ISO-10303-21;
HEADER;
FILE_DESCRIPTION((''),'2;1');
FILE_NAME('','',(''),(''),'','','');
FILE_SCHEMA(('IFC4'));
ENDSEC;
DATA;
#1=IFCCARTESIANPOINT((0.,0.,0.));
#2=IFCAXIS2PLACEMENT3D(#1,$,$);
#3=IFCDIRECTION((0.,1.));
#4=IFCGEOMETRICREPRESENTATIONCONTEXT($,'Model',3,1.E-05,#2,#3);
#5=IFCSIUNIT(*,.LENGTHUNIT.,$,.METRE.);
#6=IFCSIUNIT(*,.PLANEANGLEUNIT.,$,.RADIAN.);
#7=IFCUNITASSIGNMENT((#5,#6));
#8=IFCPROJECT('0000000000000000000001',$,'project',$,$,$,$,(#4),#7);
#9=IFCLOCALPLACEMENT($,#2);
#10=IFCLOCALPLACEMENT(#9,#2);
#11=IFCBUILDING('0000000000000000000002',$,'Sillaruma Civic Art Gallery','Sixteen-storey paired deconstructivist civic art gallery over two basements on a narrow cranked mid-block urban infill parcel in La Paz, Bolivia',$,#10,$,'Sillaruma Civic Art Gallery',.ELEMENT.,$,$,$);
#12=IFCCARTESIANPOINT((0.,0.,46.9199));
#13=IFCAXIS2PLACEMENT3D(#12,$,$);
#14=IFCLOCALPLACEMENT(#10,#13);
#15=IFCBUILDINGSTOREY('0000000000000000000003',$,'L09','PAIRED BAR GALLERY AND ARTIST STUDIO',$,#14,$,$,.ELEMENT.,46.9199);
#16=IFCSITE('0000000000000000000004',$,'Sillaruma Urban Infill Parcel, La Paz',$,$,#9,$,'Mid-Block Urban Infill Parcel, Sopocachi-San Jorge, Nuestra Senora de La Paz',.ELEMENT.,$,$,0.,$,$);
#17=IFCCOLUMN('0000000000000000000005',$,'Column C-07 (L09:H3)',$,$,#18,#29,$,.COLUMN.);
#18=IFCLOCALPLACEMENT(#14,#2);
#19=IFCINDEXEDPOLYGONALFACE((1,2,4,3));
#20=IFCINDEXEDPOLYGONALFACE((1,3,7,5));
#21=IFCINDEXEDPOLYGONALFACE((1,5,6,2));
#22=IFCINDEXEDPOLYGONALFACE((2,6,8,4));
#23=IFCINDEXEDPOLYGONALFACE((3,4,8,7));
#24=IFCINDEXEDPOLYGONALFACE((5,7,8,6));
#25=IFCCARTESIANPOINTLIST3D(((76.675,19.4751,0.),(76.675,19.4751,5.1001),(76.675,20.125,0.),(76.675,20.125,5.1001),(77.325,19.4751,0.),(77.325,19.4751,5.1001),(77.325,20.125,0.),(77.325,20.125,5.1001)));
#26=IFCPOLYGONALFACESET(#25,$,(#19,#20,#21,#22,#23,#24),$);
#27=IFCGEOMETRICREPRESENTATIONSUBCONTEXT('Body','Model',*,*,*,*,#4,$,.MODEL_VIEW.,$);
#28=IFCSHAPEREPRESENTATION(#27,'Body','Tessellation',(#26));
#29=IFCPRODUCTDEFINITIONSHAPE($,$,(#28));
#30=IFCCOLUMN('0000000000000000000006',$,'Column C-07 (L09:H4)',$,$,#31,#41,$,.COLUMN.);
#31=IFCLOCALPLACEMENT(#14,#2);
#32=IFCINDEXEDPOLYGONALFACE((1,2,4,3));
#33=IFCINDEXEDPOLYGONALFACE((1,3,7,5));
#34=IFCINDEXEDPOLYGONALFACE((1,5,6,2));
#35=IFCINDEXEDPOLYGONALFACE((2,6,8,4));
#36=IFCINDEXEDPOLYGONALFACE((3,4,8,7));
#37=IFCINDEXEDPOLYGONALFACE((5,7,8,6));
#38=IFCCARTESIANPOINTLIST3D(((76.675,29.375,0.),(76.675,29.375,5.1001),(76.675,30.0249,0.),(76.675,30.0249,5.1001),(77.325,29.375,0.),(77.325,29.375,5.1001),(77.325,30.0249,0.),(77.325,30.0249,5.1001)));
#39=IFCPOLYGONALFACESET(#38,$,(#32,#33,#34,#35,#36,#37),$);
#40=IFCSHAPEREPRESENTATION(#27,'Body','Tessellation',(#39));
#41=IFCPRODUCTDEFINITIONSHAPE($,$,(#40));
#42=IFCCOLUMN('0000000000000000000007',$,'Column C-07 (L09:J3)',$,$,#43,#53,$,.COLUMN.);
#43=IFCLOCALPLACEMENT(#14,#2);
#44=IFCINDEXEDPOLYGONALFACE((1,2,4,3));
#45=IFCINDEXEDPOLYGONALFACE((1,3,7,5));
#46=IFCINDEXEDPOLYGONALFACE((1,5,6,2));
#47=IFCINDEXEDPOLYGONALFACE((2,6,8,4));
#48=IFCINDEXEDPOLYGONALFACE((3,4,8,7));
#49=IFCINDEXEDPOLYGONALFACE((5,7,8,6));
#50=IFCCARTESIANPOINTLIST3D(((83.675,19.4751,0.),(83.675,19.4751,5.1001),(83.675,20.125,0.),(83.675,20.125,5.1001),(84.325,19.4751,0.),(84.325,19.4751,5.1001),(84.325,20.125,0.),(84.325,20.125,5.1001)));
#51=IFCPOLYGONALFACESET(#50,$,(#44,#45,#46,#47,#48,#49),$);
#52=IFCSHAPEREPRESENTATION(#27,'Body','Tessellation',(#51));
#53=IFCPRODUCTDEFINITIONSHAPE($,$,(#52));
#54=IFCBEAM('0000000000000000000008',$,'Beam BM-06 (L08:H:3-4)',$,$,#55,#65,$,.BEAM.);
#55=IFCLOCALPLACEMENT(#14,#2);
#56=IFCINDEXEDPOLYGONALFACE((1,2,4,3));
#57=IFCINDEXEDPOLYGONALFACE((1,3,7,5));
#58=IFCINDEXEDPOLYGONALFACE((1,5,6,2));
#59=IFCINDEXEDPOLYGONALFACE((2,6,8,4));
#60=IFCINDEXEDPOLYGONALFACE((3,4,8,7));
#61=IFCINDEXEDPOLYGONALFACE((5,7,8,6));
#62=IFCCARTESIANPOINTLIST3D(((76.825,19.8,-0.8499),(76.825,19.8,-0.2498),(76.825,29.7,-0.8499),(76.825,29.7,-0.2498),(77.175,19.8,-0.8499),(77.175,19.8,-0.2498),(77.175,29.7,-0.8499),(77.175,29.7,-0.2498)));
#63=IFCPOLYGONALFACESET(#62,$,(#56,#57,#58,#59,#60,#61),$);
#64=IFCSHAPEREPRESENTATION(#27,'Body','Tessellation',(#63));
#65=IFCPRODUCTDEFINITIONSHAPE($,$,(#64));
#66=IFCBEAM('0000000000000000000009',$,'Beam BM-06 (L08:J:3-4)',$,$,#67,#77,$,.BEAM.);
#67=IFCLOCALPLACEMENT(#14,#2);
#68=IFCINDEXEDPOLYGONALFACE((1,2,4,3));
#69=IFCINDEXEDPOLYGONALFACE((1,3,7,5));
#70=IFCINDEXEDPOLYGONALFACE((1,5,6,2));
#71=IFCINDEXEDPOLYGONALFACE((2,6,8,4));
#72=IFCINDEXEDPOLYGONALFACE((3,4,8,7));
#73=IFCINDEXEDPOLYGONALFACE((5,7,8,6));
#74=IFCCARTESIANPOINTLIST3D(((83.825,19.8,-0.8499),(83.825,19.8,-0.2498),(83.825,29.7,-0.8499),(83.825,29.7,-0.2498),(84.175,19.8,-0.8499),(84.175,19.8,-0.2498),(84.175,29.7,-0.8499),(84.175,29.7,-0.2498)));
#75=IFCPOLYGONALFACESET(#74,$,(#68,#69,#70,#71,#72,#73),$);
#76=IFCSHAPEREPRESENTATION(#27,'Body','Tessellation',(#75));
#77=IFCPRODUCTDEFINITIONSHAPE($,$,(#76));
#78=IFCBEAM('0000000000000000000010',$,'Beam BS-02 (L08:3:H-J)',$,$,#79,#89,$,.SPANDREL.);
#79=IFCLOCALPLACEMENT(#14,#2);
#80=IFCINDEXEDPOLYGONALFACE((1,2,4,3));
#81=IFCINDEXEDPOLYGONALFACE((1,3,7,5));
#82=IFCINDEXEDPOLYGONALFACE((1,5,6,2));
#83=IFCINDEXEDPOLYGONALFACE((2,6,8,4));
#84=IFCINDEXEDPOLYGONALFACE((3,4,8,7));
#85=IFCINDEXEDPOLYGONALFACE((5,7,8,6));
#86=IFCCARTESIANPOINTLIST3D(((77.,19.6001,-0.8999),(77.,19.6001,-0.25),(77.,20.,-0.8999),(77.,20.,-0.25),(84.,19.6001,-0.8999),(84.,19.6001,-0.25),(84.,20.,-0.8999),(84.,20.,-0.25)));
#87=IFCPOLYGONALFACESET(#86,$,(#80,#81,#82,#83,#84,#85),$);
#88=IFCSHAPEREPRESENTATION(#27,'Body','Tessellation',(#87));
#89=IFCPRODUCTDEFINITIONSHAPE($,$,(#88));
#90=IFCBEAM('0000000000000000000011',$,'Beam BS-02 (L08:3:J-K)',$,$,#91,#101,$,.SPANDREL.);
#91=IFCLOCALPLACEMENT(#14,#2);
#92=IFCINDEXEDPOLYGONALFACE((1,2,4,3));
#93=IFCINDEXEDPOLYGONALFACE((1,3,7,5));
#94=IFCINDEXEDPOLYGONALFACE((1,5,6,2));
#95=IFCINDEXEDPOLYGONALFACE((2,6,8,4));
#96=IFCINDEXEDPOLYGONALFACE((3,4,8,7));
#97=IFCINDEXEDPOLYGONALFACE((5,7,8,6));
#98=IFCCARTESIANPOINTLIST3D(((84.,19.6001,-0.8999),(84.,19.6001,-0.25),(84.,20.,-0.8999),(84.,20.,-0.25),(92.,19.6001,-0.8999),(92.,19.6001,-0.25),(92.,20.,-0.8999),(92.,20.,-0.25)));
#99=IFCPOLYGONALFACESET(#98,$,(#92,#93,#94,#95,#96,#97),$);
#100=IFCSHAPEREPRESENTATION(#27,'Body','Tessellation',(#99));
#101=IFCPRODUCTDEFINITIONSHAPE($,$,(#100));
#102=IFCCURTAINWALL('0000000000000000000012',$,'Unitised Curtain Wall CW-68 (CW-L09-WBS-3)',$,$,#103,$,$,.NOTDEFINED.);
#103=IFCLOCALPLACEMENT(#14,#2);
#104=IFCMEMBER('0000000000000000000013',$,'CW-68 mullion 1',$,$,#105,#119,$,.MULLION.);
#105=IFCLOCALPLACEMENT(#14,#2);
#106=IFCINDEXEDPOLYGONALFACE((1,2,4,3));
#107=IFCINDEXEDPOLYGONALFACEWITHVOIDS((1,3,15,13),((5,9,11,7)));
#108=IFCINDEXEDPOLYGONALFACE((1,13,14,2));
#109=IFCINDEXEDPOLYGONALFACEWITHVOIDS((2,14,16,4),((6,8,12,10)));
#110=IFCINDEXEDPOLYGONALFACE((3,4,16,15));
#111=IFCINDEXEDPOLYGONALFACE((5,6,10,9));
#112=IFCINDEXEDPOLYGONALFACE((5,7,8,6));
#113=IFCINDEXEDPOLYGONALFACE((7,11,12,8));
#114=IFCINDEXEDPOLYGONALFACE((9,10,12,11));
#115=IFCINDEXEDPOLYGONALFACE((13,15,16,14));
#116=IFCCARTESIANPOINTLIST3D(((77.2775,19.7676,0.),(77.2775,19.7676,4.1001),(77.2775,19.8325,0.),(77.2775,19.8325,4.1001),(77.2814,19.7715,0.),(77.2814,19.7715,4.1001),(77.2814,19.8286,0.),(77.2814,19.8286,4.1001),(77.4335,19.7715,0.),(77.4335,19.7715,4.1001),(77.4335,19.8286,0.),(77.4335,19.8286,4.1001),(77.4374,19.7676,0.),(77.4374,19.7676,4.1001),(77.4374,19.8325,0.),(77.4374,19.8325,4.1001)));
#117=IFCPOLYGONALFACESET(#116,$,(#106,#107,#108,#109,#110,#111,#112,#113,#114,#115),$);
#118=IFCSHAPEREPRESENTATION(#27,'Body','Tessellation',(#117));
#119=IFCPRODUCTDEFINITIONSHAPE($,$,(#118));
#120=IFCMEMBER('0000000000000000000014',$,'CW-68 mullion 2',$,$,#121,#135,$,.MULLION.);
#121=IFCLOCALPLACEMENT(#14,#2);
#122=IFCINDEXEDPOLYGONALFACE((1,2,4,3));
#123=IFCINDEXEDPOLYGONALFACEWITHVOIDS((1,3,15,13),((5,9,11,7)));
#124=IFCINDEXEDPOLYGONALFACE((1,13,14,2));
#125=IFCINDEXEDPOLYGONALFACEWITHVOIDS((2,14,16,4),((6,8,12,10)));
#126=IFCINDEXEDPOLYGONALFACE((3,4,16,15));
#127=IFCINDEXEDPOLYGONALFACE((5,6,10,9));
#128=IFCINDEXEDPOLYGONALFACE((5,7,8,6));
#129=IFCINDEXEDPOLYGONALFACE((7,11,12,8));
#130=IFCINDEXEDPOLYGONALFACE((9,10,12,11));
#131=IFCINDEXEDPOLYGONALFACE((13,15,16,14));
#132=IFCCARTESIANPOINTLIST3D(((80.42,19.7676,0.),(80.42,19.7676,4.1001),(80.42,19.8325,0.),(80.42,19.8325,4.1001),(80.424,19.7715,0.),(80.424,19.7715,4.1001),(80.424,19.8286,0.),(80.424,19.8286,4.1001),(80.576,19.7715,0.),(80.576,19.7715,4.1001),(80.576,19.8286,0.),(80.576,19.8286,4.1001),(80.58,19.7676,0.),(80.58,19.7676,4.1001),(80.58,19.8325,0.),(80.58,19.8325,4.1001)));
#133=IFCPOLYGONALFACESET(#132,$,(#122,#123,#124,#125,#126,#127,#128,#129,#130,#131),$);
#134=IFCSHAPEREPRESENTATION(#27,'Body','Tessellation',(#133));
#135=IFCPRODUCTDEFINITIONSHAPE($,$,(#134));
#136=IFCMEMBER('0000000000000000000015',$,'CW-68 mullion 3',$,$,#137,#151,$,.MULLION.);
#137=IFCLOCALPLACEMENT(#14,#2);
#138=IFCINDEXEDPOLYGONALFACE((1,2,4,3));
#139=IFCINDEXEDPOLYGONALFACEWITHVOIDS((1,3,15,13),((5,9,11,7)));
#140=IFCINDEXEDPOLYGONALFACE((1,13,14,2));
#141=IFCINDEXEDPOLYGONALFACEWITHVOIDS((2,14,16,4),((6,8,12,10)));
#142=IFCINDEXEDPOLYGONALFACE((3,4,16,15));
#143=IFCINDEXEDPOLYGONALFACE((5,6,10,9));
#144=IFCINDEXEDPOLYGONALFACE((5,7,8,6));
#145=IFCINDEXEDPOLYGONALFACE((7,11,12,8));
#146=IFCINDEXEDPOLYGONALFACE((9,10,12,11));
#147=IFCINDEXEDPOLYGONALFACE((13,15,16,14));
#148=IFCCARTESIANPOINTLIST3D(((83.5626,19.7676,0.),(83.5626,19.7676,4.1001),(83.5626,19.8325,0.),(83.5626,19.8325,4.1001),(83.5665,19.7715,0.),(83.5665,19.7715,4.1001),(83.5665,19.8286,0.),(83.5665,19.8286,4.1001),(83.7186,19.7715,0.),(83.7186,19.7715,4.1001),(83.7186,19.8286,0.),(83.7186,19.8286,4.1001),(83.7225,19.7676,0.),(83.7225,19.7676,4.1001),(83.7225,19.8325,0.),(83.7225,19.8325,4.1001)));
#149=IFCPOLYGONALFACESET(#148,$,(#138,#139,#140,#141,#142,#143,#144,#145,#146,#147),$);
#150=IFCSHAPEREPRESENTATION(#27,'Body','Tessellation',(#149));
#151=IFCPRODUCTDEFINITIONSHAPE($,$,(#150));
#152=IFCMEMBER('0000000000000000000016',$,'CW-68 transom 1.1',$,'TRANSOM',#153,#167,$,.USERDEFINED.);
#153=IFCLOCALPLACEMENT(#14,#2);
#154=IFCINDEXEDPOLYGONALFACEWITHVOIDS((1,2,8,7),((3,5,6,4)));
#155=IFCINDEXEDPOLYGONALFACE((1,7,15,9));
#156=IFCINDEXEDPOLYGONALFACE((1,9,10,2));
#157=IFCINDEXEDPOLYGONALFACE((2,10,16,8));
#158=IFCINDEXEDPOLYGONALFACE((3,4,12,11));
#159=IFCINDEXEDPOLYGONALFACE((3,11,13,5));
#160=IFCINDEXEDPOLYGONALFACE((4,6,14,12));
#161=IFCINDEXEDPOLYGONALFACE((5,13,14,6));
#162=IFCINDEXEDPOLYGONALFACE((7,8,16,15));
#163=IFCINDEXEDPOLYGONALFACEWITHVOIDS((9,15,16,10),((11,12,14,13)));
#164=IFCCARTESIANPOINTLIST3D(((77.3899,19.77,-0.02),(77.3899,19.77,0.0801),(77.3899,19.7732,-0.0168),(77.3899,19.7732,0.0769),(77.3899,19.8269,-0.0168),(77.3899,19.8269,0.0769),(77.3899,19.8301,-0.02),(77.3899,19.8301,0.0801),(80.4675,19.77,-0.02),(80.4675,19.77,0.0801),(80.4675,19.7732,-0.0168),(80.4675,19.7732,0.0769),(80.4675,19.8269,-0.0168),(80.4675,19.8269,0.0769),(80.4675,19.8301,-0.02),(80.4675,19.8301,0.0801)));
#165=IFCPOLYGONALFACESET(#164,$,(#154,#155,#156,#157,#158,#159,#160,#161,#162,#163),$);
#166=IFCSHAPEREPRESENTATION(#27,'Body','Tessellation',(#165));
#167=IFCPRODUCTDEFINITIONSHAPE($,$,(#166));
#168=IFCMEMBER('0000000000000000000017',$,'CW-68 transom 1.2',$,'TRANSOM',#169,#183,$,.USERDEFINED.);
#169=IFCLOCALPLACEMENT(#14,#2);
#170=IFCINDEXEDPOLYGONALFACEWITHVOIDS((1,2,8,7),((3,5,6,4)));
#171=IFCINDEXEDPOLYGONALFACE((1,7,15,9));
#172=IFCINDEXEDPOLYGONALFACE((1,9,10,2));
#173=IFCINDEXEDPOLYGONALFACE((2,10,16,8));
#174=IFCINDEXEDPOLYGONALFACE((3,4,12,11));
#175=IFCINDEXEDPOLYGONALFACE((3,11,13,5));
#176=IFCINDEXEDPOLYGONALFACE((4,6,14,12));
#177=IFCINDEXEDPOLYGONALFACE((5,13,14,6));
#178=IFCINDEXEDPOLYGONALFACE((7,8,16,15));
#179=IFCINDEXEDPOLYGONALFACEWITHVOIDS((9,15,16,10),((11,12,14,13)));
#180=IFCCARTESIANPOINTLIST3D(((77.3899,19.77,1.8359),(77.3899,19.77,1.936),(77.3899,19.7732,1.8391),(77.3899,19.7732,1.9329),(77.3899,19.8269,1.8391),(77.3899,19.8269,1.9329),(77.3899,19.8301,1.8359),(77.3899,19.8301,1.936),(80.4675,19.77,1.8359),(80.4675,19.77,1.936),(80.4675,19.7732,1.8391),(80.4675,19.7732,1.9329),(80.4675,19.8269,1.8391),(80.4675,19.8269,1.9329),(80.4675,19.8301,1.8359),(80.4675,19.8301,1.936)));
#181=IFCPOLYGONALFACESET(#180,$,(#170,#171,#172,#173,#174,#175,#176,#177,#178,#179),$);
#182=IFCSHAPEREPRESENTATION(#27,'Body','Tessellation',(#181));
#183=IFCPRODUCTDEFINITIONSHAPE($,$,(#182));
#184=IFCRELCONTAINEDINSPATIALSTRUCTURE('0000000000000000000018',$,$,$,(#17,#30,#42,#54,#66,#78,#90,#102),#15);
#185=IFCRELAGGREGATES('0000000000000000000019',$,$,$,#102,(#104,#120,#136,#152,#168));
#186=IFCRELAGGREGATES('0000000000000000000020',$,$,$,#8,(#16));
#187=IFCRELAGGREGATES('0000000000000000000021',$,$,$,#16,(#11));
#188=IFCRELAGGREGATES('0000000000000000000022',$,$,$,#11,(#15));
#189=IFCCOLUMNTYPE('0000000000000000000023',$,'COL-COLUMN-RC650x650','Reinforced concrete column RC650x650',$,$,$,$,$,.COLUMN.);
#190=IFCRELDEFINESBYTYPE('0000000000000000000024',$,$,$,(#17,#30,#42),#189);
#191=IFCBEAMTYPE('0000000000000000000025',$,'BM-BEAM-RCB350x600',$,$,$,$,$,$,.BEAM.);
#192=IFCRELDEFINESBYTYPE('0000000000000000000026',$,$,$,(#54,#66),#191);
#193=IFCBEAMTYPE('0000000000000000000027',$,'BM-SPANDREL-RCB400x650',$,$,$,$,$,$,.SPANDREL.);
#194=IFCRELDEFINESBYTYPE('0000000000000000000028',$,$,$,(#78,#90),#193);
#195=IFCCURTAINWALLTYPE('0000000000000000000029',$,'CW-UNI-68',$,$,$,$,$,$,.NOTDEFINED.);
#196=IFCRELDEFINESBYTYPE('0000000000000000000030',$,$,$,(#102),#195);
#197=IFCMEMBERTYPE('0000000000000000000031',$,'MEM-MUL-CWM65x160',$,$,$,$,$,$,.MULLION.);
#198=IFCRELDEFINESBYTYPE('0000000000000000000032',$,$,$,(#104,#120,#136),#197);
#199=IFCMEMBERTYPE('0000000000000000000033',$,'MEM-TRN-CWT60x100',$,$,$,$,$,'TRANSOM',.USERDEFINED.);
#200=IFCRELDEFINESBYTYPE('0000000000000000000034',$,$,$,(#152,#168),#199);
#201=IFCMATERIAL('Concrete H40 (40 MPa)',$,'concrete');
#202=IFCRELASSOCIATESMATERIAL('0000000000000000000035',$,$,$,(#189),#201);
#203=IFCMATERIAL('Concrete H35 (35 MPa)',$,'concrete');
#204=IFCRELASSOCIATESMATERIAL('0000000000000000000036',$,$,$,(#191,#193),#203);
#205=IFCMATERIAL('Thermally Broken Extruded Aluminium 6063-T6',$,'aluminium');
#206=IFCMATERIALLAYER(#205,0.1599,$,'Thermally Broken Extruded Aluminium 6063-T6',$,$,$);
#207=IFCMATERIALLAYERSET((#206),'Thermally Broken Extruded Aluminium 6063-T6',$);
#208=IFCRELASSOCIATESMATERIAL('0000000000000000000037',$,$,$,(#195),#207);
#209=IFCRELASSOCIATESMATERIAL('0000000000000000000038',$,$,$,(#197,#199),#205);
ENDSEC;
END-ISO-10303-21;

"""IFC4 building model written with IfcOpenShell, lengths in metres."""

from ifc_helpers import new_model, si_unit, direction, frame, origin, origin_2d, place, context, subcontext, project, spatial, rectangle, hollow_rectangle, extrude, material, layer, layer_set, material_profile, profile_set, type_object, element, aggregate, save


model = new_model("IFC4")

# Units and contexts
model_context = context("Model", 3, precision=1e-05, world=origin(), true_north=direction((0.0, 1.0)))
body_context = subcontext(model_context, "Body", "Model", "MODEL_VIEW")
ifc_project = project(units=[si_unit("LENGTHUNIT", "METRE"), si_unit("PLANEANGLEUNIT", "RADIAN")], contexts=[model_context])

# Site, building, storey
site_placement = place(None, origin())
site = spatial("IfcSite", under=ifc_project, at=site_placement, Name="Sillaruma Urban Infill Parcel, La Paz", LongName="Mid-Block Urban Infill Parcel, Sopocachi-San Jorge, Nuestra Senora de La Paz", CompositionType="ELEMENT", RefElevation=0.0)
building_placement = place(site_placement, origin())
building = spatial("IfcBuilding", under=site, at=building_placement, Name="Sillaruma Civic Art Gallery", Description="Sixteen-storey paired deconstructivist civic art gallery over two basements on a narrow cranked mid-block urban infill parcel in La Paz, Bolivia", LongName="Sillaruma Civic Art Gallery", CompositionType="ELEMENT")
storey_placement = place(building_placement, frame((0.0, 0.0, 46.9199)))
storey = spatial("IfcBuildingStorey", under=building, at=storey_placement, Name="L09", Description="PAIRED BAR GALLERY AND ARTIST STUDIO", CompositionType="ELEMENT", Elevation=46.9199)

# Columns
ifc_material_1 = material(Name="Concrete H40 (40 MPa)", Category="concrete")
ifc_material_profile_1 = material_profile(ifc_material_1, rectangle(XDim=0.6499, YDim=0.6499, at=origin_2d()), Name="RC650x650")
ifc_profile_set_1 = profile_set([ifc_material_profile_1], Name="Concrete H40 (40 MPa)")
column_type = type_object("IfcColumnType", Name="COL-COLUMN-RC650x650", Description="Reinforced concrete column RC650x650", PredefinedType="COLUMN", material=ifc_profile_set_1)
for number, where, z_axis, x_axis, name in (
    (1, (77.0, 19.8, 0.0), (0.0, 0.0, 1.0), (1.0, 0.0, 0.0), "Column C-07 (L09:H3)"),
    (2, (77.0, 29.7, 0.0), (0.0, 0.0, 1.0), (1.0, 0.0, 0.0), "Column C-07 (L09:H4)"),
    (3, (84.0, 19.8, 0.0), (0.0, 0.0, 1.0), (1.0, 0.0, 0.0), "Column C-07 (L09:J3)"),
):
    element("IfcColumn", number, at=place(storey_placement, frame(where, z_axis=z_axis, x_axis=x_axis)), inside=storey, type_object=column_type, Name=name, PredefinedType="COLUMN", context=body_context, shape_type="SweptSolid", body=[
        extrude(rectangle(XDim=0.6499, YDim=0.6499, at=origin_2d()), origin(), (0.0, 0.0, 1.0), 5.1001),
    ])

# Beams
ifc_material_2 = material(Name="Concrete H35 (35 MPa)", Category="concrete")
ifc_material_profile_2 = material_profile(ifc_material_2, rectangle(XDim=0.3501, YDim=0.6001, at=origin_2d()), Name="RCB350x600")
ifc_profile_set_2 = profile_set([ifc_material_profile_2], Name="Concrete H35 (35 MPa)")
beam_type_1 = type_object("IfcBeamType", Name="BM-BEAM-RCB350x600", PredefinedType="BEAM", material=ifc_profile_set_2)
for number, where, z_axis, x_axis, name in (
    (4, (77.0, 19.8, -0.5498), (0.0, 1.0, 0.0), (-1.0, 0.0, 0.0), "Beam BM-06 (L08:H:3-4)"),
    (5, (84.0, 19.8, -0.5498), (0.0, 1.0, 0.0), (-1.0, 0.0, 0.0), "Beam BM-06 (L08:J:3-4)"),
):
    element("IfcBeam", number, at=place(storey_placement, frame(where, z_axis=z_axis, x_axis=x_axis)), inside=storey, type_object=beam_type_1, Name=name, PredefinedType="BEAM", context=body_context, shape_type="SweptSolid", body=[
        extrude(rectangle(XDim=0.3501, YDim=0.6001, at=origin_2d()), origin(), (0.0, 0.0, 1.0), 9.8999),
    ])
ifc_material_profile_3 = material_profile(ifc_material_2, rectangle(XDim=0.3999, YDim=0.6499, at=origin_2d()), Name="RCB400x650")
ifc_profile_set_3 = profile_set([ifc_material_profile_3], Name="Concrete H35 (35 MPa)")
beam_type_2 = type_object("IfcBeamType", Name="BM-SPANDREL-RCB400x650", PredefinedType="SPANDREL", material=ifc_profile_set_3)
beam_1_placement = place(storey_placement, frame((77.0, 19.8, -0.575), z_axis=(1.0, 0.0, 0.0), x_axis=(0.0, 1.0, 0.0)))
element("IfcBeam", 6, at=beam_1_placement, inside=storey, type_object=beam_type_2, Name="Beam BS-02 (L08:3:H-J)", PredefinedType="SPANDREL", context=body_context, shape_type="SweptSolid", body=[
    extrude(rectangle(XDim=0.3999, YDim=0.6499, at=origin_2d()), origin(), (0.0, 0.0, 1.0), 7.0),
])
beam_2_placement = place(storey_placement, frame((84.0, 19.8, -0.575), z_axis=(1.0, 0.0, 0.0), x_axis=(0.0, 1.0, 0.0)))
element("IfcBeam", 7, at=beam_2_placement, inside=storey, type_object=beam_type_2, Name="Beam BS-02 (L08:3:J-K)", PredefinedType="SPANDREL", context=body_context, shape_type="SweptSolid", body=[
    extrude(rectangle(XDim=0.3999, YDim=0.6499, at=origin_2d()), origin(), (0.0, 0.0, 1.0), 8.0),
])

# Curtain wall, members
ifc_material_3 = material(Name="Thermally Broken Extruded Aluminium 6063-T6", Category="aluminium")
ifc_layer_1 = layer(ifc_material_3, 0.1599, Name="Thermally Broken Extruded Aluminium 6063-T6")
ifc_layer_set_1 = layer_set([ifc_layer_1], Name="Thermally Broken Extruded Aluminium 6063-T6")
curtain_wall_type = type_object("IfcCurtainWallType", Name="CW-UNI-68", PredefinedType="NOTDEFINED", material=ifc_layer_set_1)
curtain_wall_placement = place(storey_placement, origin())
curtain_wall = element("IfcCurtainWall", 8, at=curtain_wall_placement, inside=storey, type_object=curtain_wall_type, Name="Unitised Curtain Wall CW-68 (CW-L09-WBS-3)", PredefinedType="NOTDEFINED")
ifc_material_profile_4 = material_profile(ifc_material_3, hollow_rectangle(XDim=0.0649, YDim=0.1599, WallThickness=0.0039, at=origin_2d()), Name="CWM65x160")
ifc_profile_set_4 = profile_set([ifc_material_profile_4], Name="Thermally Broken Extruded Aluminium 6063-T6")
member_type_1 = type_object("IfcMemberType", Name="MEM-MUL-CWM65x160", PredefinedType="MULLION", material=ifc_profile_set_4)
member_1_placement = place(storey_placement, frame((77.3574, 19.8, 0.0), z_axis=(0.0, 0.0, 1.0), x_axis=(0.0, 1.0, 0.0)))
member_1 = element("IfcMember", 9, at=member_1_placement, type_object=member_type_1, Name="CW-68 mullion 1", PredefinedType="MULLION", context=body_context, shape_type="SweptSolid", body=[
    extrude(hollow_rectangle(XDim=0.0649, YDim=0.1599, WallThickness=0.0039, at=origin_2d()), origin(), (0.0, 0.0, 1.0), 4.1001),
])
member_2_placement = place(storey_placement, frame((80.5, 19.8, 0.0), z_axis=(0.0, 0.0, 1.0), x_axis=(0.0, 1.0, 0.0)))
member_2 = element("IfcMember", 10, at=member_2_placement, type_object=member_type_1, Name="CW-68 mullion 2", PredefinedType="MULLION", context=body_context, shape_type="SweptSolid", body=[
    extrude(hollow_rectangle(XDim=0.0649, YDim=0.1599, WallThickness=0.0039, at=origin_2d()), origin(), (0.0, 0.0, 1.0), 4.1001),
])
member_3_placement = place(storey_placement, frame((83.6426, 19.8, 0.0), z_axis=(0.0, 0.0, 1.0), x_axis=(0.0, 1.0, 0.0)))
member_3 = element("IfcMember", 11, at=member_3_placement, type_object=member_type_1, Name="CW-68 mullion 3", PredefinedType="MULLION", context=body_context, shape_type="SweptSolid", body=[
    extrude(hollow_rectangle(XDim=0.0649, YDim=0.1599, WallThickness=0.0039, at=origin_2d()), origin(), (0.0, 0.0, 1.0), 4.1001),
])
ifc_material_profile_5 = material_profile(ifc_material_3, hollow_rectangle(XDim=0.0601, YDim=0.1001, WallThickness=0.0032, at=origin_2d()), Name="CWT60x100")
ifc_profile_set_5 = profile_set([ifc_material_profile_5], Name="Thermally Broken Extruded Aluminium 6063-T6")
member_type_2 = type_object("IfcMemberType", Name="MEM-TRN-CWT60x100", ElementType="TRANSOM", PredefinedType="USERDEFINED", material=ifc_profile_set_5)
member_4_placement = place(storey_placement, frame((77.3899, 19.8, 0.03), z_axis=(1.0, 0.0, 0.0), x_axis=(0.0, 1.0, 0.0)))
member_4 = element("IfcMember", 12, at=member_4_placement, type_object=member_type_2, Name="CW-68 transom 1.1", ObjectType="TRANSOM", PredefinedType="USERDEFINED", context=body_context, shape_type="SweptSolid", body=[
    extrude(hollow_rectangle(XDim=0.0601, YDim=0.1001, WallThickness=0.0032, at=origin_2d()), origin(), (0.0, 0.0, 1.0), 3.0776),
])
member_5_placement = place(storey_placement, frame((77.3899, 19.8, 1.886), z_axis=(1.0, 0.0, 0.0), x_axis=(0.0, 1.0, 0.0)))
member_5 = element("IfcMember", 13, at=member_5_placement, type_object=member_type_2, Name="CW-68 transom 1.2", ObjectType="TRANSOM", PredefinedType="USERDEFINED", context=body_context, shape_type="SweptSolid", body=[
    extrude(hollow_rectangle(XDim=0.0601, YDim=0.1001, WallThickness=0.0032, at=origin_2d()), origin(), (0.0, 0.0, 1.0), 3.0776),
])
aggregate(curtain_wall, [member_1, member_2, member_3, member_4, member_5])

save(model, "model.ifc")
